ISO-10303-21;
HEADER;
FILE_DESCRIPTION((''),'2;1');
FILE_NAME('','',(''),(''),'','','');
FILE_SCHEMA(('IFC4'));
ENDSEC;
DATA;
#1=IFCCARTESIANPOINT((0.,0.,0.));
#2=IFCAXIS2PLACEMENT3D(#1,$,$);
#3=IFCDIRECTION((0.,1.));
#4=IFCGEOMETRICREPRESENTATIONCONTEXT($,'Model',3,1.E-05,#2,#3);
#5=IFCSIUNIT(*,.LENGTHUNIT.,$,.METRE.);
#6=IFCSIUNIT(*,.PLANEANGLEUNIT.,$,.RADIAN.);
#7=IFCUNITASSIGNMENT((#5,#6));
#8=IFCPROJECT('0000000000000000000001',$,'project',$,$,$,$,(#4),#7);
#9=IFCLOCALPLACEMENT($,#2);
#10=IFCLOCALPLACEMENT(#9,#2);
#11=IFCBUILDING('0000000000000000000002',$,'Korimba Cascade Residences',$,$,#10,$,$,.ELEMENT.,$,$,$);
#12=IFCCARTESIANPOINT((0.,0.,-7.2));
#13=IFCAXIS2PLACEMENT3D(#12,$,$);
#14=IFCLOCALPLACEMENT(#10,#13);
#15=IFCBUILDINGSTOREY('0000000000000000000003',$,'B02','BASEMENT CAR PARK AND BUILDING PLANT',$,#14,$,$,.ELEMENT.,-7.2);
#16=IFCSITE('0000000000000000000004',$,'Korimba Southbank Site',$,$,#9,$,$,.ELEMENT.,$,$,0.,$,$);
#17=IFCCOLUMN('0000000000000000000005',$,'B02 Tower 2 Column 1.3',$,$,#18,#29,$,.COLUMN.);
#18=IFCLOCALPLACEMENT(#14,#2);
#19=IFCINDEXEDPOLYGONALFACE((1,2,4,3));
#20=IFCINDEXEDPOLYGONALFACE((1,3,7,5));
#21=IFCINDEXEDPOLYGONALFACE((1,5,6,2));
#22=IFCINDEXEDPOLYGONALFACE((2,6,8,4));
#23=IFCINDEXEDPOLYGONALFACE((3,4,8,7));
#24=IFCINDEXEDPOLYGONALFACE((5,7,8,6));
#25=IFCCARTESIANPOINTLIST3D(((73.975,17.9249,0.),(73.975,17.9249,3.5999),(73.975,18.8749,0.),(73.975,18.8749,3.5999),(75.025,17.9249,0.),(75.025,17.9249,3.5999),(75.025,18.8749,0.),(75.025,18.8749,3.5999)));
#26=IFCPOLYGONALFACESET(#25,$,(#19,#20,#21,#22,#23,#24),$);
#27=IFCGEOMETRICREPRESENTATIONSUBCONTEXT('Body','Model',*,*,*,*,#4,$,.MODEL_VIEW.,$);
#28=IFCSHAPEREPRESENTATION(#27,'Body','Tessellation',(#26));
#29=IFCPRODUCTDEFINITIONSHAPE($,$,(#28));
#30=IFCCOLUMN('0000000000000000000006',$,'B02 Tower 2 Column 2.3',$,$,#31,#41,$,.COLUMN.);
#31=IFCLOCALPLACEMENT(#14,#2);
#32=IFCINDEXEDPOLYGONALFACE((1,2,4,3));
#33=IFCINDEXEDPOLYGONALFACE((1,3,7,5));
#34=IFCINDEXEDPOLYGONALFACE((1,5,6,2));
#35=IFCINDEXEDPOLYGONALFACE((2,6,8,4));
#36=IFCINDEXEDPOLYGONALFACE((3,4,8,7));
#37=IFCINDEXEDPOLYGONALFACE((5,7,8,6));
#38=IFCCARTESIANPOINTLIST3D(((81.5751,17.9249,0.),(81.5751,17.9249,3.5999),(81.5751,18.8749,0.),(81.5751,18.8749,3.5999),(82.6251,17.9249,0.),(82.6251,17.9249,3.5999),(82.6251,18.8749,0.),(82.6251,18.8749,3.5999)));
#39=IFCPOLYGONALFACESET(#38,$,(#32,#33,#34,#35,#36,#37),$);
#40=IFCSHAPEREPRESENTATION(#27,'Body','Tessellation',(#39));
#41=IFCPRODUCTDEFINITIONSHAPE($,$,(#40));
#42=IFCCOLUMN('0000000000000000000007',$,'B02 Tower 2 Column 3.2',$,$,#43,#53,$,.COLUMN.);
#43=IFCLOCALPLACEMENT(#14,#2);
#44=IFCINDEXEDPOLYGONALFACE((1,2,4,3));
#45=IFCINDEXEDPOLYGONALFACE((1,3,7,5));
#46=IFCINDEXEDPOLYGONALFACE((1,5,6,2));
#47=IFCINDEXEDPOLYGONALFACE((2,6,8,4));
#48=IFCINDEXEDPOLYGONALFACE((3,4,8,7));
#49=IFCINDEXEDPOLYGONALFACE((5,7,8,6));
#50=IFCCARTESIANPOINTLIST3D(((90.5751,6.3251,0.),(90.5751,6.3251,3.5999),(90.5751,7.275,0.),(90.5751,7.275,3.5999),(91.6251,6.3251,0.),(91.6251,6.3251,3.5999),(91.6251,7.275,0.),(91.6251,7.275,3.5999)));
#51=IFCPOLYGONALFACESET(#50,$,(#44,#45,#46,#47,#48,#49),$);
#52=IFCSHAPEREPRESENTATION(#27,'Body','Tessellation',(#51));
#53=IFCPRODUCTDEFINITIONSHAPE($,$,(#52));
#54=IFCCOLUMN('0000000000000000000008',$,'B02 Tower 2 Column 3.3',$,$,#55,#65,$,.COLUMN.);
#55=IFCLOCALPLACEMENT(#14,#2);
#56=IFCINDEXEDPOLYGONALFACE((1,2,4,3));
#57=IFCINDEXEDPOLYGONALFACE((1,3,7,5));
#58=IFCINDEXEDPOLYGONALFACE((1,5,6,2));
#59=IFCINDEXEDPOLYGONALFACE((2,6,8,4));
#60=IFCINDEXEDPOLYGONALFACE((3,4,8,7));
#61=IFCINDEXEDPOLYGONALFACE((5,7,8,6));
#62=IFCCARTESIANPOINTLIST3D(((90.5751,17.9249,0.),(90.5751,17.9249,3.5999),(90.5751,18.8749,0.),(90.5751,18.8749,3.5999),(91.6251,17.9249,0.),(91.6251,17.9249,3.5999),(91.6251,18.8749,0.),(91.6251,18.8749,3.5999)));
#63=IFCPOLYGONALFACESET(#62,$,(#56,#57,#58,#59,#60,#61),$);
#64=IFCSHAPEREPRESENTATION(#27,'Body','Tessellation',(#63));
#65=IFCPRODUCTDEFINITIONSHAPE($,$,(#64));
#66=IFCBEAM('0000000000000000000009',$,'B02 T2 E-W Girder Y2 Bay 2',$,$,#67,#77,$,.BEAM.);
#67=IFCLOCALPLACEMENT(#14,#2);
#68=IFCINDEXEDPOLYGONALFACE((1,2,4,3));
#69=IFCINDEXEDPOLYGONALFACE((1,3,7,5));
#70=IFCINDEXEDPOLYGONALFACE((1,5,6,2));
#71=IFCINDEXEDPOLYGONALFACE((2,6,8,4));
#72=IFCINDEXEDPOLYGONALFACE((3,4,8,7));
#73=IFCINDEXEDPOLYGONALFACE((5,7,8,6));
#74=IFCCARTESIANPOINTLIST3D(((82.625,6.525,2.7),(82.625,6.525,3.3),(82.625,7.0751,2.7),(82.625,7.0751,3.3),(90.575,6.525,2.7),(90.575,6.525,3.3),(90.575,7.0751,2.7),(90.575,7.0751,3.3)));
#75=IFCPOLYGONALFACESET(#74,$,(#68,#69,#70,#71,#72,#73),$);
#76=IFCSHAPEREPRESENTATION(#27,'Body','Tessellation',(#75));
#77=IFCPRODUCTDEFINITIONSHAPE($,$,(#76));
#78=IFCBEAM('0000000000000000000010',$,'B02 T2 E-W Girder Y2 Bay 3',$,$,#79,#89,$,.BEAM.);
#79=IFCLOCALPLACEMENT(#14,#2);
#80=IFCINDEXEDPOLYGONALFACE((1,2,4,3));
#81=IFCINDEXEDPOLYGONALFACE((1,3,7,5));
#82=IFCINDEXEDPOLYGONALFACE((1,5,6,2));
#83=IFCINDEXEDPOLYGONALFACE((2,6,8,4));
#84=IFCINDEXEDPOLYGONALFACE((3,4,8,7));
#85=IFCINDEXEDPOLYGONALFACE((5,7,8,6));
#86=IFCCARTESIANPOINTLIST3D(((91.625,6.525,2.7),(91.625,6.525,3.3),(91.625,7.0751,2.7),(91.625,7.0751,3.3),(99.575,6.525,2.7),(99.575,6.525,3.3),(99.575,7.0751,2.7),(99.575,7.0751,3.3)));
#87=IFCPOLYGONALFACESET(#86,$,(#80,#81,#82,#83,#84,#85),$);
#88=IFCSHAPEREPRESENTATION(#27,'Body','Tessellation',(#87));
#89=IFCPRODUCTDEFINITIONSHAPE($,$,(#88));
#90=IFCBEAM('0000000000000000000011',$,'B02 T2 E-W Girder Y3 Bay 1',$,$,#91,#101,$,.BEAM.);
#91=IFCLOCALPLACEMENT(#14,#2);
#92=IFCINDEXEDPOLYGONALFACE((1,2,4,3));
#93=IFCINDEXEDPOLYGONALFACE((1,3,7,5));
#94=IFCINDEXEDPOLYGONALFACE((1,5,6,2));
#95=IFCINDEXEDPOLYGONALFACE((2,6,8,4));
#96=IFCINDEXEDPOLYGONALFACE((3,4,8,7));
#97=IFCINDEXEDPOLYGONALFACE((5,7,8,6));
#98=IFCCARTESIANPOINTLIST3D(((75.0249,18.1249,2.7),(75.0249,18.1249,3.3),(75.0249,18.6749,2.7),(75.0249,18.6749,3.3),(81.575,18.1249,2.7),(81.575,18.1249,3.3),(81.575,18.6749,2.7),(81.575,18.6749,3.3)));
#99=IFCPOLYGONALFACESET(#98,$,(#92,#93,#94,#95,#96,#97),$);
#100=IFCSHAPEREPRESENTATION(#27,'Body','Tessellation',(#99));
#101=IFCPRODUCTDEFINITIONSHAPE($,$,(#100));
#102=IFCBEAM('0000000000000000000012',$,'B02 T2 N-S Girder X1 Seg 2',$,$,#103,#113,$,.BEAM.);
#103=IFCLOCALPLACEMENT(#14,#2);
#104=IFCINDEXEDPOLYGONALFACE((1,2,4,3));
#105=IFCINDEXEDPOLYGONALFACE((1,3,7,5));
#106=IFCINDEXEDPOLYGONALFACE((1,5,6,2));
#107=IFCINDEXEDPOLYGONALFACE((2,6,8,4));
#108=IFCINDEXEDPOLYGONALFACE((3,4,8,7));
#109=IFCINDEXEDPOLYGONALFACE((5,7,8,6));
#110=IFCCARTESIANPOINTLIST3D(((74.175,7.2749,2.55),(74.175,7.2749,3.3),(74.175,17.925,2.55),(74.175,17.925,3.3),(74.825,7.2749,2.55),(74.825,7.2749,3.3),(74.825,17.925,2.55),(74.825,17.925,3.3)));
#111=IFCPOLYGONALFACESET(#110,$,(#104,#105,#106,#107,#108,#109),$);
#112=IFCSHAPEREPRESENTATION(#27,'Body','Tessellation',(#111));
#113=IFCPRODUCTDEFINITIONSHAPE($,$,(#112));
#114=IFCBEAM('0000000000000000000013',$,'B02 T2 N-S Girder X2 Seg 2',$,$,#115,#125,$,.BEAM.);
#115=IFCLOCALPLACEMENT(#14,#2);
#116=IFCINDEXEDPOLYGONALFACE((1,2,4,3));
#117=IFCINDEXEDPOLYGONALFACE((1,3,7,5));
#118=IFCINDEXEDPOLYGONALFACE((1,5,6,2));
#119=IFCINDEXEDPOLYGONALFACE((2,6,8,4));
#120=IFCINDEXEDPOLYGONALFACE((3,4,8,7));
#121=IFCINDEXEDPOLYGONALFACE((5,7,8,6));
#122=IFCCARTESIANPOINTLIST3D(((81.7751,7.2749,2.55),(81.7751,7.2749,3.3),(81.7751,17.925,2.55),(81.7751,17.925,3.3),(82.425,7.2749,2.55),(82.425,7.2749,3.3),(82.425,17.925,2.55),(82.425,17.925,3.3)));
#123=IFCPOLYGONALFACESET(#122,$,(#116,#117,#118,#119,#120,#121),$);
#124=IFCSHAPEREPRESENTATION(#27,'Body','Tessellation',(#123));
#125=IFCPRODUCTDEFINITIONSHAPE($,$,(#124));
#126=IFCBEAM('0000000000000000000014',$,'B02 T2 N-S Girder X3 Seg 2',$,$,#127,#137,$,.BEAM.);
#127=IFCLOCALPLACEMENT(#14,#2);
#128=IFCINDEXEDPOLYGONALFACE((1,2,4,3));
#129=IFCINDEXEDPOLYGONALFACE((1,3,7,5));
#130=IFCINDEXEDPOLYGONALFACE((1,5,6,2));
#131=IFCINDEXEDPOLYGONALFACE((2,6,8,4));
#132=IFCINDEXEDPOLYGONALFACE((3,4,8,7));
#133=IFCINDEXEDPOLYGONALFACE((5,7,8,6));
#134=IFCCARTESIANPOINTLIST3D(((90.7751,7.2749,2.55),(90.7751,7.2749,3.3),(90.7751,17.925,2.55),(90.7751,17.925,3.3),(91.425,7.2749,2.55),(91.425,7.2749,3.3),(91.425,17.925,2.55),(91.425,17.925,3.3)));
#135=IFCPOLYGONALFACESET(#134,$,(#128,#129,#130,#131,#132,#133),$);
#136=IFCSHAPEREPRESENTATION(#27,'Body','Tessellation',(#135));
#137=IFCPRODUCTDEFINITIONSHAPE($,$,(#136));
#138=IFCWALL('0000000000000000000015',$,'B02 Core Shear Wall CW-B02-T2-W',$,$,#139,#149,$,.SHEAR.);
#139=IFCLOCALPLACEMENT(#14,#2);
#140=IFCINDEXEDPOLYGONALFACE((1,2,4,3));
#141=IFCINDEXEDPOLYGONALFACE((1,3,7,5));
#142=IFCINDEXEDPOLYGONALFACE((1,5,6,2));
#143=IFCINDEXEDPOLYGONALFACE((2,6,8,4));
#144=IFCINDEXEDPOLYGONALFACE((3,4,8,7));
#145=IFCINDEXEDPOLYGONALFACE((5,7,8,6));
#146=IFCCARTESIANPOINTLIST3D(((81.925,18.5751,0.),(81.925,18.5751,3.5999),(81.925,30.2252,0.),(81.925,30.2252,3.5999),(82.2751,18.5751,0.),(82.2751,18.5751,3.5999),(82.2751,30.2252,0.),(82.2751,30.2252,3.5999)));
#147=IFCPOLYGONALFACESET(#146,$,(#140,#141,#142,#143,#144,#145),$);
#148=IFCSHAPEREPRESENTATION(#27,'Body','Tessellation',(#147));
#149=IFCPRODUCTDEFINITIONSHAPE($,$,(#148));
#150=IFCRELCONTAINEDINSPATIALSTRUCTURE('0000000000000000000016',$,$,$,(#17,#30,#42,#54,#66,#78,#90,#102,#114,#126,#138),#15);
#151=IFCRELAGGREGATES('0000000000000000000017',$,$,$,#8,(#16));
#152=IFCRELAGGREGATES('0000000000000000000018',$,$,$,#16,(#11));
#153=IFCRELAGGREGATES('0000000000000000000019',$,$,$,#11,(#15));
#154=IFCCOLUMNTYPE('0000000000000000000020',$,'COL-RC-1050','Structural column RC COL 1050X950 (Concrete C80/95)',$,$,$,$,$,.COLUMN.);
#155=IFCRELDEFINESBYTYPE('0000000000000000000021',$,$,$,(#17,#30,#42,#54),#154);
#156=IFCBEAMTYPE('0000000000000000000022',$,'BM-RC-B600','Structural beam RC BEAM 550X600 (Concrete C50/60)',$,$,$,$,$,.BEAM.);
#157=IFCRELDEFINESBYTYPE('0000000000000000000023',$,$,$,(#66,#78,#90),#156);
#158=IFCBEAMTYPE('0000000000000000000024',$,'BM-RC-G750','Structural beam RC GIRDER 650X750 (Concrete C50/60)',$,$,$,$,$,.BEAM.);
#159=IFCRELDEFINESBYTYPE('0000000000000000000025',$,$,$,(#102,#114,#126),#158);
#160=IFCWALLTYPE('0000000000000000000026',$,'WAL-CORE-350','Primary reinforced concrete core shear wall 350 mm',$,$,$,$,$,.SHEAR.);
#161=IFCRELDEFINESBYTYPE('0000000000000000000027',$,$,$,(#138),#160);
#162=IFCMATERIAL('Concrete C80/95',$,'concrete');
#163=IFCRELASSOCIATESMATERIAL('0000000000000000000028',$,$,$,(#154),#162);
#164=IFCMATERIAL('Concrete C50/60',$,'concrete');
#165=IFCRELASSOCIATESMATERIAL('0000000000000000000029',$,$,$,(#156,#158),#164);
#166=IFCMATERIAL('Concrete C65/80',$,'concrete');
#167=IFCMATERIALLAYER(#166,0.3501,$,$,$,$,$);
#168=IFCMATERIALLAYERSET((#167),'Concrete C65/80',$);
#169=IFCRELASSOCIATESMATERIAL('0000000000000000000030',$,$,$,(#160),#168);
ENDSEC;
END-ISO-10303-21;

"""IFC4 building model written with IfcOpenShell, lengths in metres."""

from ifc_helpers import new_model, si_unit, direction, frame, frame_2d, origin, origin_2d, place, context, subcontext, project, spatial, rectangle, extrude, material, layer, layer_set, material_profile, profile_set, type_object, element, save


model = new_model("IFC4")

# Units and contexts
model_context = context("Model", 3, precision=1e-05, world=origin(), true_north=direction((0.0, 1.0)))
body_context = subcontext(model_context, "Body", "Model", "MODEL_VIEW")
ifc_project = project(units=[si_unit("LENGTHUNIT", "METRE"), si_unit("PLANEANGLEUNIT", "RADIAN")], contexts=[model_context])

# Site, building, storey
site_placement = place(None, origin())
site = spatial("IfcSite", under=ifc_project, at=site_placement, Name="Korimba Southbank Site", CompositionType="ELEMENT", RefElevation=0.0)
building_placement = place(site_placement, origin())
building = spatial("IfcBuilding", under=site, at=building_placement, Name="Korimba Cascade Residences", CompositionType="ELEMENT")
storey_placement = place(building_placement, frame((0.0, 0.0, -7.2)))
storey = spatial("IfcBuildingStorey", under=building, at=storey_placement, Name="B02", Description="BASEMENT CAR PARK AND BUILDING PLANT", CompositionType="ELEMENT", Elevation=-7.2)

# Columns
ifc_material_1 = material(Name="Concrete C80/95", Category="concrete")
ifc_material_profile_1 = material_profile(ifc_material_1, rectangle(XDim=1.05, YDim=0.95, at=origin_2d()), Name="Concrete C80/95")
ifc_profile_set_1 = profile_set([ifc_material_profile_1], Name="Concrete C80/95")
column_type = type_object("IfcColumnType", Name="COL-RC-1050", Description="Structural column RC COL 1050X950 (Concrete C80/95)", PredefinedType="COLUMN", material=ifc_profile_set_1)
for number, where, z_axis, x_axis, name in (
    (1, (74.5, 18.3999, 0.0), (0.0, 0.0, 1.0), (1.0, 0.0, 0.0), "B02 Tower 2 Column 1.3"),
    (2, (82.1001, 18.3999, 0.0), (0.0, 0.0, 1.0), (1.0, 0.0, 0.0), "B02 Tower 2 Column 2.3"),
    (3, (91.1001, 6.8, 0.0), (0.0, 0.0, 1.0), (1.0, 0.0, 0.0), "B02 Tower 2 Column 3.2"),
    (4, (91.1001, 18.3999, 0.0), (0.0, 0.0, 1.0), (1.0, 0.0, 0.0), "B02 Tower 2 Column 3.3"),
):
    element("IfcColumn", number, at=place(storey_placement, frame(where, z_axis=z_axis, x_axis=x_axis)), inside=storey, type_object=column_type, Name=name, PredefinedType="COLUMN", context=body_context, shape_type="SweptSolid", body=[
        extrude(rectangle(XDim=1.05, YDim=0.95, at=origin_2d()), origin(), (0.0, 0.0, 1.0), 3.5999),
    ])

# Beams
ifc_material_2 = material(Name="Concrete C50/60", Category="concrete")
ifc_material_profile_2 = material_profile(ifc_material_2, rectangle(XDim=0.55, YDim=0.6001, at=origin_2d()), Name="Concrete C50/60")
ifc_profile_set_2 = profile_set([ifc_material_profile_2], Name="Concrete C50/60")
beam_type_1 = type_object("IfcBeamType", Name="BM-RC-B600", Description="Structural beam RC BEAM 550X600 (Concrete C50/60)", PredefinedType="BEAM", material=ifc_profile_set_2)
for number, where, z_axis, x_axis, name in (
    (5, (82.625, 6.8, 3.0), (1.0, 0.0, 0.0), (0.0, 1.0, 0.0), "B02 T2 E-W Girder Y2 Bay 2"),
    (6, (91.625, 6.8, 3.0), (1.0, 0.0, 0.0), (0.0, 1.0, 0.0), "B02 T2 E-W Girder Y2 Bay 3"),
):
    element("IfcBeam", number, at=place(storey_placement, frame(where, z_axis=z_axis, x_axis=x_axis)), inside=storey, type_object=beam_type_1, Name=name, PredefinedType="BEAM", context=body_context, shape_type="SweptSolid", body=[
        extrude(rectangle(XDim=0.55, YDim=0.6001, at=origin_2d()), origin(), (0.0, 0.0, 1.0), 7.95),
    ])
beam_placement = place(storey_placement, frame((75.0249, 18.3999, 3.0), z_axis=(1.0, 0.0, 0.0), x_axis=(0.0, 1.0, 0.0)))
element("IfcBeam", 7, at=beam_placement, inside=storey, type_object=beam_type_1, Name="B02 T2 E-W Girder Y3 Bay 1", PredefinedType="BEAM", context=body_context, shape_type="SweptSolid", body=[
    extrude(rectangle(XDim=0.55, YDim=0.6001, at=origin_2d()), origin(), (0.0, 0.0, 1.0), 6.55),
])
ifc_material_profile_3 = material_profile(ifc_material_2, rectangle(XDim=0.6499, YDim=0.75, at=origin_2d()), Name="Concrete C50/60")
ifc_profile_set_3 = profile_set([ifc_material_profile_3], Name="Concrete C50/60")
beam_type_2 = type_object("IfcBeamType", Name="BM-RC-G750", Description="Structural beam RC GIRDER 650X750 (Concrete C50/60)", PredefinedType="BEAM", material=ifc_profile_set_3)
for number, where, z_axis, x_axis, name in (
    (8, (74.5, 7.2749, 2.925), (0.0, 1.0, 0.0), (-1.0, 0.0, 0.0), "B02 T2 N-S Girder X1 Seg 2"),
    (9, (82.1001, 7.2749, 2.925), (0.0, 1.0, 0.0), (-1.0, 0.0, 0.0), "B02 T2 N-S Girder X2 Seg 2"),
    (10, (91.1001, 7.2749, 2.925), (0.0, 1.0, 0.0), (-1.0, 0.0, 0.0), "B02 T2 N-S Girder X3 Seg 2"),
):
    element("IfcBeam", number, at=place(storey_placement, frame(where, z_axis=z_axis, x_axis=x_axis)), inside=storey, type_object=beam_type_2, Name=name, PredefinedType="BEAM", context=body_context, shape_type="SweptSolid", body=[
        extrude(rectangle(XDim=0.6499, YDim=0.75, at=origin_2d()), origin(), (0.0, 0.0, 1.0), 10.6501),
    ])

# Wall
ifc_material_3 = material(Name="Concrete C65/80", Category="concrete")
ifc_layer_1 = layer(ifc_material_3, 0.3501)
ifc_layer_set_1 = layer_set([ifc_layer_1], Name="Concrete C65/80")
wall_type_1 = type_object("IfcWallType", Name="WAL-CORE-350", Description="Primary reinforced concrete core shear wall 350 mm", PredefinedType="SHEAR", material=ifc_layer_set_1)
wall_1_placement = place(storey_placement, frame((82.1001, 18.575, 0.0), z_axis=(0.0, 0.0, 1.0), x_axis=(0.0, 1.0, 0.0)))
element("IfcWall", 11, at=wall_1_placement, inside=storey, type_object=wall_type_1, Name="B02 Core Shear Wall CW-B02-T2-W", PredefinedType="SHEAR", context=body_context, shape_type="SweptSolid", body=[
    extrude(rectangle(XDim=11.6501, YDim=0.3501, at=frame_2d((5.8252, 0.0))), origin(), (0.0, 0.0, 1.0), 3.5999),
])

save(model, "model.ifc")
